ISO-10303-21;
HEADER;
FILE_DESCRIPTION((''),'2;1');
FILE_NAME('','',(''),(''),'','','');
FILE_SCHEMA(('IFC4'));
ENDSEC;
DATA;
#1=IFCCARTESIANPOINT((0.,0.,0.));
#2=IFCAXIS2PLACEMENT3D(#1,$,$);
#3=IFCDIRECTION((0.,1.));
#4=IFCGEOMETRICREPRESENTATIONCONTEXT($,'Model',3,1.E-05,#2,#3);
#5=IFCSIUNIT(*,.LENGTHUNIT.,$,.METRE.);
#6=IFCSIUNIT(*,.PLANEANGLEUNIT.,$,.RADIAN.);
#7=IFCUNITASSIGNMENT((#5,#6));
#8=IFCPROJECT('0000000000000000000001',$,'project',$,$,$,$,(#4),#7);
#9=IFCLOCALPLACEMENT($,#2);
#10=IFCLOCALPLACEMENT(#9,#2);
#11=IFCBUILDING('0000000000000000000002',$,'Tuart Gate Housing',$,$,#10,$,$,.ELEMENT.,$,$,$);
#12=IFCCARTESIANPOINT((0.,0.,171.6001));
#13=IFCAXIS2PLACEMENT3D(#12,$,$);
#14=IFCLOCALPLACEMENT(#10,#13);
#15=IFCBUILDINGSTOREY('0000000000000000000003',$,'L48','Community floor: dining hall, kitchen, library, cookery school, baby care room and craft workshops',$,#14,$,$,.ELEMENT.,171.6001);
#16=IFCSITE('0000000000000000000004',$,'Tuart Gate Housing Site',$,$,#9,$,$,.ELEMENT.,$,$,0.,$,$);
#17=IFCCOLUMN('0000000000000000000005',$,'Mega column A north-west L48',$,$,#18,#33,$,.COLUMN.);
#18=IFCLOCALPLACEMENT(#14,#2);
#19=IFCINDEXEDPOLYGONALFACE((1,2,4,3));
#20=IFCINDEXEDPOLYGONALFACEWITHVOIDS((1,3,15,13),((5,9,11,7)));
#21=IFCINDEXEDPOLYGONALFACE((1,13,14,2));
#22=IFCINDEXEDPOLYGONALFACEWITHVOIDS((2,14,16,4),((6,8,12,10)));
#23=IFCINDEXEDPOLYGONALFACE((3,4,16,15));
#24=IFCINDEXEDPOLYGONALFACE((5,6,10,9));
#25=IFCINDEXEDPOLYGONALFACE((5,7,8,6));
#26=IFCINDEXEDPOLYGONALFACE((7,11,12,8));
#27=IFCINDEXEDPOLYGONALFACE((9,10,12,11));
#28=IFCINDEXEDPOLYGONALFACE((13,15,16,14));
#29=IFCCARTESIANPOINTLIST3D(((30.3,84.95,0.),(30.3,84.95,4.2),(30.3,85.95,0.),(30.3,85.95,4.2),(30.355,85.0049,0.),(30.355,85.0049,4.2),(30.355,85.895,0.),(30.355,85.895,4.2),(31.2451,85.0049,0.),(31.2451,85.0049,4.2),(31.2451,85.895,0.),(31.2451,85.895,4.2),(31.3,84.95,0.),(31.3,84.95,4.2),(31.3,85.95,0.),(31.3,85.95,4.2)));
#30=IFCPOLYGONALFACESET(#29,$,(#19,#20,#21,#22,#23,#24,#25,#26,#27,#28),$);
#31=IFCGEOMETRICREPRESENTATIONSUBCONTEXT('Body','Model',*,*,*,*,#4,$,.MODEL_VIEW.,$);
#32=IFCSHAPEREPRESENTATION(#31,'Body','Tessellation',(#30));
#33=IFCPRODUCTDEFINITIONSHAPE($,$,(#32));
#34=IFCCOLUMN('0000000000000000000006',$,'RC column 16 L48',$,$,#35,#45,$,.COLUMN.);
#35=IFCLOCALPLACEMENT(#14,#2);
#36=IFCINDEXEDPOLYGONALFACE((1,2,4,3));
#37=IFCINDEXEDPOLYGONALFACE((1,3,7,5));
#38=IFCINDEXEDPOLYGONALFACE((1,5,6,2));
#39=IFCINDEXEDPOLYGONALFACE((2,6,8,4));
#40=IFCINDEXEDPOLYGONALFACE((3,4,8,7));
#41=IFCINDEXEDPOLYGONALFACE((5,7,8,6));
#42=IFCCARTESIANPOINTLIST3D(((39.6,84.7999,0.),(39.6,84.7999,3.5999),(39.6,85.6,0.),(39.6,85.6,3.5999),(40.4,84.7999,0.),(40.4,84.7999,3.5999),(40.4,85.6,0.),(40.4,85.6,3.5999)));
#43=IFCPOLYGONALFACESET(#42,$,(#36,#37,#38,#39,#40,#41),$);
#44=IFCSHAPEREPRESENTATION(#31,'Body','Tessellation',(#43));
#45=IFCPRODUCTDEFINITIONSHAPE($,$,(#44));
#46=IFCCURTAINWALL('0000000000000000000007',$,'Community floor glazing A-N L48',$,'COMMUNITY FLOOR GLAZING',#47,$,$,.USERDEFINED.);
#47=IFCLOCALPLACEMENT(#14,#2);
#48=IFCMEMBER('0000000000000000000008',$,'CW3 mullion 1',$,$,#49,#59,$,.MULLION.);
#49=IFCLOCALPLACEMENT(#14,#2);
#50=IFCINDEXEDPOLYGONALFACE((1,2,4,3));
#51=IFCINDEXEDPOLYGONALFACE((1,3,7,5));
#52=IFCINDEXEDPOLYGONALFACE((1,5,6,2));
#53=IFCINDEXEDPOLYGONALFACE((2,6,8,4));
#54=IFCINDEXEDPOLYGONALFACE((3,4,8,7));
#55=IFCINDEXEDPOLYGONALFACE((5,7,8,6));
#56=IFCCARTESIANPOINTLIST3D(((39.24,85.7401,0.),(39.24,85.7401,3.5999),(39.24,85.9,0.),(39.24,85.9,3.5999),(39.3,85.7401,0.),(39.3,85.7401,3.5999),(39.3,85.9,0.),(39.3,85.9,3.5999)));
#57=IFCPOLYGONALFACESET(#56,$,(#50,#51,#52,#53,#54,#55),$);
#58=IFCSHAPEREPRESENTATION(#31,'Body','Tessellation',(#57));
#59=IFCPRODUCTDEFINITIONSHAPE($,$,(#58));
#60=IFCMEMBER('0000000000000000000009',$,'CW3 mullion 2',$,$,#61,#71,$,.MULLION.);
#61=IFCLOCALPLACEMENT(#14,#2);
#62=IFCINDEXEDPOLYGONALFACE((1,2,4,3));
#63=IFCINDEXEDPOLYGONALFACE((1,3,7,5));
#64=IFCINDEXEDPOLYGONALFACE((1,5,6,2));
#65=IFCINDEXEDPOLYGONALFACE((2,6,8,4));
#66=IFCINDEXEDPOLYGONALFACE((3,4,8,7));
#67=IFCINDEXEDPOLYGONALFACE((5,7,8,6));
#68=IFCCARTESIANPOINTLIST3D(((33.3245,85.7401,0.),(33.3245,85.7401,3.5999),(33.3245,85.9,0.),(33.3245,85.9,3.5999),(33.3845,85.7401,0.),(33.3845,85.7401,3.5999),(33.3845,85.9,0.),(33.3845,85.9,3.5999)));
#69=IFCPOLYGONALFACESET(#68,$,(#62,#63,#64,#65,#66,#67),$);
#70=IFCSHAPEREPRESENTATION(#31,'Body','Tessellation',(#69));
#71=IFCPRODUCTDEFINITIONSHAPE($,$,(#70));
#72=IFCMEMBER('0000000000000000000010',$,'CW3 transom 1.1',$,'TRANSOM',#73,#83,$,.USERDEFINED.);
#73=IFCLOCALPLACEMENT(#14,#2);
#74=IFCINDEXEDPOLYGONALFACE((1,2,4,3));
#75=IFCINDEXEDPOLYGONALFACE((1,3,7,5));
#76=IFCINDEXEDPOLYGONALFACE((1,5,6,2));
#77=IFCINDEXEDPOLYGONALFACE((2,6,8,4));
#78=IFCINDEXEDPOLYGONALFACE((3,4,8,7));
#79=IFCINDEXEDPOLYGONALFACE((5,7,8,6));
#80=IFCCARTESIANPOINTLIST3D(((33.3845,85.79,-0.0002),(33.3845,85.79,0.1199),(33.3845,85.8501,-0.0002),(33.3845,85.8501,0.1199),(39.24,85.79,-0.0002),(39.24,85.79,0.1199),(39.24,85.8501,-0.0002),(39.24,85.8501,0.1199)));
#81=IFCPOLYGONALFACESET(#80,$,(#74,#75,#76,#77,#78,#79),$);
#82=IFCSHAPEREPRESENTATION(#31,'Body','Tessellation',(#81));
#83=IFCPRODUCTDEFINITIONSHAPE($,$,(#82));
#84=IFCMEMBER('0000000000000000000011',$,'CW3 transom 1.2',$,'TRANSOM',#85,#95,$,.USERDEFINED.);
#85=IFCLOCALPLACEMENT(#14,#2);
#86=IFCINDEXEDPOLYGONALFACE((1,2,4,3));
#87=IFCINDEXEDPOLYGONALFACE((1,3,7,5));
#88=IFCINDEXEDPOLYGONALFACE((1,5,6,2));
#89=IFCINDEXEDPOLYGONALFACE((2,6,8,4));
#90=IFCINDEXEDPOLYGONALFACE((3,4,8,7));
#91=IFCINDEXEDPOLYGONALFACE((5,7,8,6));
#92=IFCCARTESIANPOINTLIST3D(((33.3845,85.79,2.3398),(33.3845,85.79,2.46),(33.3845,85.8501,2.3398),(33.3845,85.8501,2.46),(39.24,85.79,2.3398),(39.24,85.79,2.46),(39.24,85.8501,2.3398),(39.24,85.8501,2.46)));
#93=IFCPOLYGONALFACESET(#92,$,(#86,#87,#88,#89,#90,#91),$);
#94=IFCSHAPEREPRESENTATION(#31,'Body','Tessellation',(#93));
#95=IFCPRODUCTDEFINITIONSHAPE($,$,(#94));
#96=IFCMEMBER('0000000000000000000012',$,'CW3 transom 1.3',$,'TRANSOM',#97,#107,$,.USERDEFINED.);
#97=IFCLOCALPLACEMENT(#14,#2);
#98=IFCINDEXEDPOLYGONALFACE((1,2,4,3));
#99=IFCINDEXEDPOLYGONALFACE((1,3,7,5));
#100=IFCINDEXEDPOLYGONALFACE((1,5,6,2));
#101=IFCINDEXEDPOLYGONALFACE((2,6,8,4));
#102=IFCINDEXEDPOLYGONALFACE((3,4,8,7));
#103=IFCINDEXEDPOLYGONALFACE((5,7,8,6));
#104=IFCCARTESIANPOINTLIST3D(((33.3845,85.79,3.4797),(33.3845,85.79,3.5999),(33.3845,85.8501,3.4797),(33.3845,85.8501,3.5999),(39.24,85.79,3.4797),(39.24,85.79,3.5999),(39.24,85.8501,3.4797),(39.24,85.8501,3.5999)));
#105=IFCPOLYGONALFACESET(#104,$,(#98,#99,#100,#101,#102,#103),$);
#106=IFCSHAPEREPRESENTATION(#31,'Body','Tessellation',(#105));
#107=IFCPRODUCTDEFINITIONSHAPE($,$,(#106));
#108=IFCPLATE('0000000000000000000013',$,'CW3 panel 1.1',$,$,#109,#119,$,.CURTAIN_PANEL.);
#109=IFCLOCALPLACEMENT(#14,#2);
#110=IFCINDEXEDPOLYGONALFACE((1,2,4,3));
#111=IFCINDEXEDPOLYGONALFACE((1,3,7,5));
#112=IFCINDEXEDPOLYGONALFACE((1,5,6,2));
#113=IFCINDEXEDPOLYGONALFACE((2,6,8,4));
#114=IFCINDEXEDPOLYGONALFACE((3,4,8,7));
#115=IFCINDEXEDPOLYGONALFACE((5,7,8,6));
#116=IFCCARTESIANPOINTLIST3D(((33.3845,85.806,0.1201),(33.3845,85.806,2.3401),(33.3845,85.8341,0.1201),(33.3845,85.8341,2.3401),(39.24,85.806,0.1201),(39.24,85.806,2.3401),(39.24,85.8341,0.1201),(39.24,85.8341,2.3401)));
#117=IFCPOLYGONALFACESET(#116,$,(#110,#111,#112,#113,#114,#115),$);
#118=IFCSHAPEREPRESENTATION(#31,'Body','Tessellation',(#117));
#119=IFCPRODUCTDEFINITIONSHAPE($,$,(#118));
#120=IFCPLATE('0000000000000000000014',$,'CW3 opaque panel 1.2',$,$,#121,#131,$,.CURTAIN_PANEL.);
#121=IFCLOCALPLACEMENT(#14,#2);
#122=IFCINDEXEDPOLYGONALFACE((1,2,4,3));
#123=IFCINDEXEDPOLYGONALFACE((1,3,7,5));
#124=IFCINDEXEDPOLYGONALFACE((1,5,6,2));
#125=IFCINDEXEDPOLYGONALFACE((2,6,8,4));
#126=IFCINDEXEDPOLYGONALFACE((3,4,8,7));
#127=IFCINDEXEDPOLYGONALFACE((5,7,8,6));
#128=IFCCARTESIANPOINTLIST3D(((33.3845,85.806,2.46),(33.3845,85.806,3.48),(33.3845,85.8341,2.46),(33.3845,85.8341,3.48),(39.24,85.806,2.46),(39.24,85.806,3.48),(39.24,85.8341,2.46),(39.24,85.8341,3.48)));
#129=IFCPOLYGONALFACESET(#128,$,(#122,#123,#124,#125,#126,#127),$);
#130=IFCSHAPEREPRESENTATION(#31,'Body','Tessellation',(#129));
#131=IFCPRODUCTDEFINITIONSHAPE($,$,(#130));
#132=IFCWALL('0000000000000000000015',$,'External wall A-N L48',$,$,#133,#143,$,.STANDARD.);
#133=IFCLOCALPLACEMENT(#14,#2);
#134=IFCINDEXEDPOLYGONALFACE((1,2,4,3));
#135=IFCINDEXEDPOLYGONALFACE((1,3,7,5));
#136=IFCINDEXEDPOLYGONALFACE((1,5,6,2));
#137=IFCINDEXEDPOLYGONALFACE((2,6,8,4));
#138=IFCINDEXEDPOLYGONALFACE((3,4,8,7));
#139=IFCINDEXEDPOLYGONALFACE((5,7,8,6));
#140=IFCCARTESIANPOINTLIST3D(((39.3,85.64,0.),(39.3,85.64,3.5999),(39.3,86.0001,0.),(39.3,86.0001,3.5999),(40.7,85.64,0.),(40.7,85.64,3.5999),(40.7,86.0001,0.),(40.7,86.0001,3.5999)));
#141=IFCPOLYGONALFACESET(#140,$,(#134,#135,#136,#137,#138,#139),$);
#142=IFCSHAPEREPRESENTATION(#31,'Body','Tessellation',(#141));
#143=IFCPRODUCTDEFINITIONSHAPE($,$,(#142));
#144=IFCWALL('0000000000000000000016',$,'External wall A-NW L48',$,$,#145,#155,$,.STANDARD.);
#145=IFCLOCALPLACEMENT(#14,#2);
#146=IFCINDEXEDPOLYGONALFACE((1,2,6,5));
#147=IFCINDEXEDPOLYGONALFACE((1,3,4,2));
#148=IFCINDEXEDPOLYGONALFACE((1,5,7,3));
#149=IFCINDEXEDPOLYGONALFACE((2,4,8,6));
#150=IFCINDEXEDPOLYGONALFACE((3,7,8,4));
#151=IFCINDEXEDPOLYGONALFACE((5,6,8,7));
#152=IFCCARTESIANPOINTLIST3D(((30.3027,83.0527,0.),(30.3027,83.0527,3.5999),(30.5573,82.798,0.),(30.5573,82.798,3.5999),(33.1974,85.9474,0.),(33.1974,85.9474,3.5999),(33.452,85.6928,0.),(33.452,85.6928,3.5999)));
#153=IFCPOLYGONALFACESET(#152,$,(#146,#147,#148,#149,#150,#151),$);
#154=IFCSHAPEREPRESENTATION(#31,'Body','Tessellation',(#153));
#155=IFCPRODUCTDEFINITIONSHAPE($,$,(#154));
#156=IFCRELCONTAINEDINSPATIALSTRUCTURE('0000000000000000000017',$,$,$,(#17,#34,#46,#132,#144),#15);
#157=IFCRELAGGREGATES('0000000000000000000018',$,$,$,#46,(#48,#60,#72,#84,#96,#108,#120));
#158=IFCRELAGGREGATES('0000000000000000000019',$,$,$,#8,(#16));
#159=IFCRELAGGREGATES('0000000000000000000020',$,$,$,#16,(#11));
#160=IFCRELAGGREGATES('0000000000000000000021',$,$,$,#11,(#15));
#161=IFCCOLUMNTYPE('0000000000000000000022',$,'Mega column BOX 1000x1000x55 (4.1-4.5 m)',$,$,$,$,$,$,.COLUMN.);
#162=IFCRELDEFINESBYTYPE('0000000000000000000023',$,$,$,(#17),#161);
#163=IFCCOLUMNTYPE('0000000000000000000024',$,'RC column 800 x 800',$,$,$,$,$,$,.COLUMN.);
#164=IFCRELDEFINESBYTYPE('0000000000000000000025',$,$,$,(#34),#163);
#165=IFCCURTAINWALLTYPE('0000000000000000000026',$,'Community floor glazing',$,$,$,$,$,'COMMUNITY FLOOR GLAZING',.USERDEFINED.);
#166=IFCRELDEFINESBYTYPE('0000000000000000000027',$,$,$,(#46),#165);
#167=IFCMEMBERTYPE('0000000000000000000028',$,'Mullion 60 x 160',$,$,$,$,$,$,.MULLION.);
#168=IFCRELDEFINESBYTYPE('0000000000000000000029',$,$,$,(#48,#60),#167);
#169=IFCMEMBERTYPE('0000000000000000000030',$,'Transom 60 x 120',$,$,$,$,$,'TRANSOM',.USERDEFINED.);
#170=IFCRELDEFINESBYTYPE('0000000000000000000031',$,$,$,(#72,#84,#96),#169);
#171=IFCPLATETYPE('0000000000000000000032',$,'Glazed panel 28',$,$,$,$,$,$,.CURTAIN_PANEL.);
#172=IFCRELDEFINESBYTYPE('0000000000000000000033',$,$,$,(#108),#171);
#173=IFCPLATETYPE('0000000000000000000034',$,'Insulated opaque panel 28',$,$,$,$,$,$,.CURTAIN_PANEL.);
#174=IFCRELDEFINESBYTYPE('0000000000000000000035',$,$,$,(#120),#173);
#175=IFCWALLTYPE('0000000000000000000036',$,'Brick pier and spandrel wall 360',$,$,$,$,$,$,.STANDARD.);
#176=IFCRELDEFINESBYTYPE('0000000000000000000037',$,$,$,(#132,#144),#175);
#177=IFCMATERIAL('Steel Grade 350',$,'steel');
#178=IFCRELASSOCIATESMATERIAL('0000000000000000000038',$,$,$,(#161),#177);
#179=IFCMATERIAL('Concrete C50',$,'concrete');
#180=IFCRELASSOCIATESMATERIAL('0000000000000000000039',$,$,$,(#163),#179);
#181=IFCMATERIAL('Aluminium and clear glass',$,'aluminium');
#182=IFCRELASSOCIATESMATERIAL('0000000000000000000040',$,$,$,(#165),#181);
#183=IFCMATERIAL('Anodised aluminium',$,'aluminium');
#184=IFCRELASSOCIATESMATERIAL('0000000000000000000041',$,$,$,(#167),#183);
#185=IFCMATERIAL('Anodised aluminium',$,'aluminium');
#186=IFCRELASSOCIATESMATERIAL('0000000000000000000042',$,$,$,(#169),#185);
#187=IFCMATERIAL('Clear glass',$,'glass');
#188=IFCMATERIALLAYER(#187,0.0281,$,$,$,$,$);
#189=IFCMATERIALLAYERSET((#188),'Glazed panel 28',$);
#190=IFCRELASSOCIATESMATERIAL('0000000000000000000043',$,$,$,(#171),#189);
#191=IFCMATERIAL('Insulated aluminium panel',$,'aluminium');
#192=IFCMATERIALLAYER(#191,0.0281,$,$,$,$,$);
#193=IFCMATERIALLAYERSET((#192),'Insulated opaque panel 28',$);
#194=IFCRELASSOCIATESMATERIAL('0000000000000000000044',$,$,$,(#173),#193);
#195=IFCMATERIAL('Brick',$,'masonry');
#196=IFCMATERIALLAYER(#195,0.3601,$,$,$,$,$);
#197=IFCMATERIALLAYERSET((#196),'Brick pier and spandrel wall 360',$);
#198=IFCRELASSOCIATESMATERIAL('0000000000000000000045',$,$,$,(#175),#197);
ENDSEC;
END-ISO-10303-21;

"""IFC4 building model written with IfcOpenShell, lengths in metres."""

from ifc_helpers import new_model, si_unit, direction, frame, frame_2d, origin, origin_2d, place, context, subcontext, project, spatial, rectangle, hollow_rectangle, extrude, material, layer, layer_set, material_profile, profile_set, type_object, element, aggregate, save


model = new_model("IFC4")

# Units and contexts
model_context = context("Model", 3, precision=1e-05, world=origin(), true_north=direction((0.0, 1.0)))
body_context = subcontext(model_context, "Body", "Model", "MODEL_VIEW")
ifc_project = project(units=[si_unit("LENGTHUNIT", "METRE"), si_unit("PLANEANGLEUNIT", "RADIAN")], contexts=[model_context])

# Site, building, storey
site_placement = place(None, origin())
site = spatial("IfcSite", under=ifc_project, at=site_placement, Name="Tuart Gate Housing Site", CompositionType="ELEMENT", RefElevation=0.0)
building_placement = place(site_placement, origin())
building = spatial("IfcBuilding", under=site, at=building_placement, Name="Tuart Gate Housing", CompositionType="ELEMENT")
storey_placement = place(building_placement, frame((0.0, 0.0, 171.6001)))
storey = spatial("IfcBuildingStorey", under=building, at=storey_placement, Name="L48", Description="Community floor: dining hall, kitchen, library, cookery school, baby care room and craft workshops", CompositionType="ELEMENT", Elevation=171.6001)

# Columns
ifc_material_1 = material(Name="Steel Grade 350", Category="steel")
ifc_material_profile_1 = material_profile(ifc_material_1, hollow_rectangle(XDim=1.0, YDim=1.0, WallThickness=0.0549, at=origin_2d()), Name="BOX 1000x1000x55")
ifc_profile_set_1 = profile_set([ifc_material_profile_1], Name="Steel Grade 350")
column_type_1 = type_object("IfcColumnType", Name="Mega column BOX 1000x1000x55 (4.1-4.5 m)", PredefinedType="COLUMN", material=ifc_profile_set_1)
column_1_placement = place(storey_placement, frame((30.8, 85.45, 0.0), z_axis=(0.0, 0.0, 1.0), x_axis=(1.0, 0.0, 0.0)))
element("IfcColumn", 1, at=column_1_placement, inside=storey, type_object=column_type_1, Name="Mega column A north-west L48", PredefinedType="COLUMN", context=body_context, shape_type="SweptSolid", body=[
    extrude(hollow_rectangle(XDim=1.0, YDim=1.0, WallThickness=0.0549, at=origin_2d()), origin(), (0.0, 0.0, 1.0), 4.2),
])
ifc_material_2 = material(Name="Concrete C50", Category="concrete")
ifc_material_profile_2 = material_profile(ifc_material_2, rectangle(XDim=0.8, YDim=0.8, at=origin_2d()), Name="RC column 800 x 800")
ifc_profile_set_2 = profile_set([ifc_material_profile_2], Name="Concrete C50")
column_type_2 = type_object("IfcColumnType", Name="RC column 800 x 800", PredefinedType="COLUMN", material=ifc_profile_set_2)
column_2_placement = place(storey_placement, frame((40.0, 85.2, 0.0), z_axis=(0.0, 0.0, 1.0), x_axis=(1.0, 0.0, 0.0)))
element("IfcColumn", 2, at=column_2_placement, inside=storey, type_object=column_type_2, Name="RC column 16 L48", PredefinedType="COLUMN", context=body_context, shape_type="SweptSolid", body=[
    extrude(rectangle(XDim=0.8, YDim=0.8, at=origin_2d()), origin(), (0.0, 0.0, 1.0), 3.5999),
])

# Curtain wall, members, plates
ifc_material_3 = material(Name="Aluminium and clear glass", Category="aluminium")
curtain_wall_type = type_object("IfcCurtainWallType", Name="Community floor glazing", ElementType="COMMUNITY FLOOR GLAZING", PredefinedType="USERDEFINED", material=ifc_material_3)
curtain_wall_placement = place(storey_placement, origin())
curtain_wall = element("IfcCurtainWall", 3, at=curtain_wall_placement, inside=storey, type_object=curtain_wall_type, Name="Community floor glazing A-N L48", ObjectType="COMMUNITY FLOOR GLAZING", PredefinedType="USERDEFINED")
ifc_material_4 = material(Name="Anodised aluminium", Category="aluminium")
ifc_material_profile_3 = material_profile(ifc_material_4, rectangle(XDim=0.0601, YDim=0.1599, at=origin_2d()), Name="60x160")
ifc_profile_set_3 = profile_set([ifc_material_profile_3], Name="Anodised aluminium")
member_type_1 = type_object("IfcMemberType", Name="Mullion 60 x 160", PredefinedType="MULLION", material=ifc_profile_set_3)
member_1_placement = place(storey_placement, frame((39.27, 85.8201, 0.0), z_axis=(0.0, 0.0, 1.0), x_axis=(-1.0, 0.0, 0.0)))
member_1 = element("IfcMember", 4, at=member_1_placement, type_object=member_type_1, Name="CW3 mullion 1", PredefinedType="MULLION", context=body_context, shape_type="SweptSolid", body=[
    extrude(rectangle(XDim=0.0601, YDim=0.1599, at=origin_2d()), origin(), (0.0, 0.0, 1.0), 3.5999),
])
member_2_placement = place(storey_placement, frame((33.3545, 85.8201, 0.0), z_axis=(0.0, 0.0, 1.0), x_axis=(-1.0, 0.0, 0.0)))
member_2 = element("IfcMember", 5, at=member_2_placement, type_object=member_type_1, Name="CW3 mullion 2", PredefinedType="MULLION", context=body_context, shape_type="SweptSolid", body=[
    extrude(rectangle(XDim=0.0601, YDim=0.1599, at=origin_2d()), origin(), (0.0, 0.0, 1.0), 3.5999),
])
ifc_material_5 = material(Name="Anodised aluminium", Category="aluminium")
ifc_material_profile_4 = material_profile(ifc_material_5, rectangle(XDim=0.0601, YDim=0.1201, at=origin_2d()), Name="60x120")
ifc_profile_set_4 = profile_set([ifc_material_profile_4], Name="Anodised aluminium")
member_type_2 = type_object("IfcMemberType", Name="Transom 60 x 120", ElementType="TRANSOM", PredefinedType="USERDEFINED", material=ifc_profile_set_4)
member_3_placement = place(storey_placement, frame((39.24, 85.8201, 0.0598), z_axis=(-1.0, 0.0, 0.0), x_axis=(0.0, -1.0, 0.0)))
member_3 = element("IfcMember", 6, at=member_3_placement, type_object=member_type_2, Name="CW3 transom 1.1", ObjectType="TRANSOM", PredefinedType="USERDEFINED", context=body_context, shape_type="SweptSolid", body=[
    extrude(rectangle(XDim=0.0601, YDim=0.1201, at=origin_2d()), origin(), (0.0, 0.0, 1.0), 5.8555),
])
member_4_placement = place(storey_placement, frame((39.24, 85.8201, 2.3999), z_axis=(-1.0, 0.0, 0.0), x_axis=(0.0, -1.0, 0.0)))
member_4 = element("IfcMember", 7, at=member_4_placement, type_object=member_type_2, Name="CW3 transom 1.2", ObjectType="TRANSOM", PredefinedType="USERDEFINED", context=body_context, shape_type="SweptSolid", body=[
    extrude(rectangle(XDim=0.0601, YDim=0.1201, at=origin_2d()), origin(), (0.0, 0.0, 1.0), 5.8555),
])
member_5_placement = place(storey_placement, frame((39.24, 85.8201, 3.5398), z_axis=(-1.0, 0.0, 0.0), x_axis=(0.0, -1.0, 0.0)))
member_5 = element("IfcMember", 8, at=member_5_placement, type_object=member_type_2, Name="CW3 transom 1.3", ObjectType="TRANSOM", PredefinedType="USERDEFINED", context=body_context, shape_type="SweptSolid", body=[
    extrude(rectangle(XDim=0.0601, YDim=0.1201, at=origin_2d()), origin(), (0.0, 0.0, 1.0), 5.8555),
])
ifc_material_6 = material(Name="Clear glass", Category="glass")
ifc_layer_1 = layer(ifc_material_6, 0.0281)
ifc_layer_set_1 = layer_set([ifc_layer_1], Name="Glazed panel 28")
plate_type_1 = type_object("IfcPlateType", Name="Glazed panel 28", PredefinedType="CURTAIN_PANEL", material=ifc_layer_set_1)
plate_1_placement = place(storey_placement, frame((36.3123, 85.8201, 0.1201), z_axis=(0.0, 0.0, 1.0), x_axis=(-1.0, 0.0, 0.0)))
plate_1 = element("IfcPlate", 9, at=plate_1_placement, type_object=plate_type_1, Name="CW3 panel 1.1", PredefinedType="CURTAIN_PANEL", context=body_context, shape_type="SweptSolid", body=[
    extrude(rectangle(XDim=5.8555, YDim=0.0281, at=origin_2d()), origin(), (0.0, 0.0, 1.0), 2.22),
])
ifc_material_7 = material(Name="Insulated aluminium panel", Category="aluminium")
ifc_layer_2 = layer(ifc_material_7, 0.0281)
ifc_layer_set_2 = layer_set([ifc_layer_2], Name="Insulated opaque panel 28")
plate_type_2 = type_object("IfcPlateType", Name="Insulated opaque panel 28", PredefinedType="CURTAIN_PANEL", material=ifc_layer_set_2)
plate_2_placement = place(storey_placement, frame((36.3123, 85.8201, 2.46), z_axis=(0.0, 0.0, 1.0), x_axis=(-1.0, 0.0, 0.0)))
plate_2 = element("IfcPlate", 10, at=plate_2_placement, type_object=plate_type_2, Name="CW3 opaque panel 1.2", PredefinedType="CURTAIN_PANEL", context=body_context, shape_type="SweptSolid", body=[
    extrude(rectangle(XDim=5.8555, YDim=0.0281, at=origin_2d()), origin(), (0.0, 0.0, 1.0), 1.02),
])
aggregate(curtain_wall, [member_1, member_2, member_3, member_4, member_5, plate_1, plate_2])

# Walls
ifc_material_8 = material(Name="Brick", Category="masonry")
ifc_layer_3 = layer(ifc_material_8, 0.3601)
ifc_layer_set_3 = layer_set([ifc_layer_3], Name="Brick pier and spandrel wall 360")
wall_type = type_object("IfcWallType", Name="Brick pier and spandrel wall 360", PredefinedType="STANDARD", material=ifc_layer_set_3)
wall_1_placement = place(storey_placement, frame((40.7, 85.8201, 0.0), z_axis=(0.0, 0.0, 1.0), x_axis=(-1.0, 0.0, 0.0)))
element("IfcWall", 11, at=wall_1_placement, inside=storey, type_object=wall_type, Name="External wall A-N L48", PredefinedType="STANDARD", context=body_context, shape_type="SweptSolid", body=[
    extrude(rectangle(XDim=1.3999, YDim=0.3601, at=frame_2d((0.7, 0.0))), origin(), (0.0, 0.0, 1.0), 3.5999),
])
wall_2_placement = place(storey_placement, frame((33.3247, 85.8201, 0.0), z_axis=(0.0, 0.0, 1.0), x_axis=(-0.707107, -0.707107, 0.0)))
element("IfcWall", 12, at=wall_2_placement, inside=storey, type_object=wall_type, Name="External wall A-NW L48", PredefinedType="STANDARD", context=body_context, shape_type="SweptSolid", body=[
    extrude(rectangle(XDim=4.0938, YDim=0.3601, at=frame_2d((2.0469, 0.0))), origin(), (0.0, 0.0, 1.0), 3.5999),
])

save(model, "model.ifc")
